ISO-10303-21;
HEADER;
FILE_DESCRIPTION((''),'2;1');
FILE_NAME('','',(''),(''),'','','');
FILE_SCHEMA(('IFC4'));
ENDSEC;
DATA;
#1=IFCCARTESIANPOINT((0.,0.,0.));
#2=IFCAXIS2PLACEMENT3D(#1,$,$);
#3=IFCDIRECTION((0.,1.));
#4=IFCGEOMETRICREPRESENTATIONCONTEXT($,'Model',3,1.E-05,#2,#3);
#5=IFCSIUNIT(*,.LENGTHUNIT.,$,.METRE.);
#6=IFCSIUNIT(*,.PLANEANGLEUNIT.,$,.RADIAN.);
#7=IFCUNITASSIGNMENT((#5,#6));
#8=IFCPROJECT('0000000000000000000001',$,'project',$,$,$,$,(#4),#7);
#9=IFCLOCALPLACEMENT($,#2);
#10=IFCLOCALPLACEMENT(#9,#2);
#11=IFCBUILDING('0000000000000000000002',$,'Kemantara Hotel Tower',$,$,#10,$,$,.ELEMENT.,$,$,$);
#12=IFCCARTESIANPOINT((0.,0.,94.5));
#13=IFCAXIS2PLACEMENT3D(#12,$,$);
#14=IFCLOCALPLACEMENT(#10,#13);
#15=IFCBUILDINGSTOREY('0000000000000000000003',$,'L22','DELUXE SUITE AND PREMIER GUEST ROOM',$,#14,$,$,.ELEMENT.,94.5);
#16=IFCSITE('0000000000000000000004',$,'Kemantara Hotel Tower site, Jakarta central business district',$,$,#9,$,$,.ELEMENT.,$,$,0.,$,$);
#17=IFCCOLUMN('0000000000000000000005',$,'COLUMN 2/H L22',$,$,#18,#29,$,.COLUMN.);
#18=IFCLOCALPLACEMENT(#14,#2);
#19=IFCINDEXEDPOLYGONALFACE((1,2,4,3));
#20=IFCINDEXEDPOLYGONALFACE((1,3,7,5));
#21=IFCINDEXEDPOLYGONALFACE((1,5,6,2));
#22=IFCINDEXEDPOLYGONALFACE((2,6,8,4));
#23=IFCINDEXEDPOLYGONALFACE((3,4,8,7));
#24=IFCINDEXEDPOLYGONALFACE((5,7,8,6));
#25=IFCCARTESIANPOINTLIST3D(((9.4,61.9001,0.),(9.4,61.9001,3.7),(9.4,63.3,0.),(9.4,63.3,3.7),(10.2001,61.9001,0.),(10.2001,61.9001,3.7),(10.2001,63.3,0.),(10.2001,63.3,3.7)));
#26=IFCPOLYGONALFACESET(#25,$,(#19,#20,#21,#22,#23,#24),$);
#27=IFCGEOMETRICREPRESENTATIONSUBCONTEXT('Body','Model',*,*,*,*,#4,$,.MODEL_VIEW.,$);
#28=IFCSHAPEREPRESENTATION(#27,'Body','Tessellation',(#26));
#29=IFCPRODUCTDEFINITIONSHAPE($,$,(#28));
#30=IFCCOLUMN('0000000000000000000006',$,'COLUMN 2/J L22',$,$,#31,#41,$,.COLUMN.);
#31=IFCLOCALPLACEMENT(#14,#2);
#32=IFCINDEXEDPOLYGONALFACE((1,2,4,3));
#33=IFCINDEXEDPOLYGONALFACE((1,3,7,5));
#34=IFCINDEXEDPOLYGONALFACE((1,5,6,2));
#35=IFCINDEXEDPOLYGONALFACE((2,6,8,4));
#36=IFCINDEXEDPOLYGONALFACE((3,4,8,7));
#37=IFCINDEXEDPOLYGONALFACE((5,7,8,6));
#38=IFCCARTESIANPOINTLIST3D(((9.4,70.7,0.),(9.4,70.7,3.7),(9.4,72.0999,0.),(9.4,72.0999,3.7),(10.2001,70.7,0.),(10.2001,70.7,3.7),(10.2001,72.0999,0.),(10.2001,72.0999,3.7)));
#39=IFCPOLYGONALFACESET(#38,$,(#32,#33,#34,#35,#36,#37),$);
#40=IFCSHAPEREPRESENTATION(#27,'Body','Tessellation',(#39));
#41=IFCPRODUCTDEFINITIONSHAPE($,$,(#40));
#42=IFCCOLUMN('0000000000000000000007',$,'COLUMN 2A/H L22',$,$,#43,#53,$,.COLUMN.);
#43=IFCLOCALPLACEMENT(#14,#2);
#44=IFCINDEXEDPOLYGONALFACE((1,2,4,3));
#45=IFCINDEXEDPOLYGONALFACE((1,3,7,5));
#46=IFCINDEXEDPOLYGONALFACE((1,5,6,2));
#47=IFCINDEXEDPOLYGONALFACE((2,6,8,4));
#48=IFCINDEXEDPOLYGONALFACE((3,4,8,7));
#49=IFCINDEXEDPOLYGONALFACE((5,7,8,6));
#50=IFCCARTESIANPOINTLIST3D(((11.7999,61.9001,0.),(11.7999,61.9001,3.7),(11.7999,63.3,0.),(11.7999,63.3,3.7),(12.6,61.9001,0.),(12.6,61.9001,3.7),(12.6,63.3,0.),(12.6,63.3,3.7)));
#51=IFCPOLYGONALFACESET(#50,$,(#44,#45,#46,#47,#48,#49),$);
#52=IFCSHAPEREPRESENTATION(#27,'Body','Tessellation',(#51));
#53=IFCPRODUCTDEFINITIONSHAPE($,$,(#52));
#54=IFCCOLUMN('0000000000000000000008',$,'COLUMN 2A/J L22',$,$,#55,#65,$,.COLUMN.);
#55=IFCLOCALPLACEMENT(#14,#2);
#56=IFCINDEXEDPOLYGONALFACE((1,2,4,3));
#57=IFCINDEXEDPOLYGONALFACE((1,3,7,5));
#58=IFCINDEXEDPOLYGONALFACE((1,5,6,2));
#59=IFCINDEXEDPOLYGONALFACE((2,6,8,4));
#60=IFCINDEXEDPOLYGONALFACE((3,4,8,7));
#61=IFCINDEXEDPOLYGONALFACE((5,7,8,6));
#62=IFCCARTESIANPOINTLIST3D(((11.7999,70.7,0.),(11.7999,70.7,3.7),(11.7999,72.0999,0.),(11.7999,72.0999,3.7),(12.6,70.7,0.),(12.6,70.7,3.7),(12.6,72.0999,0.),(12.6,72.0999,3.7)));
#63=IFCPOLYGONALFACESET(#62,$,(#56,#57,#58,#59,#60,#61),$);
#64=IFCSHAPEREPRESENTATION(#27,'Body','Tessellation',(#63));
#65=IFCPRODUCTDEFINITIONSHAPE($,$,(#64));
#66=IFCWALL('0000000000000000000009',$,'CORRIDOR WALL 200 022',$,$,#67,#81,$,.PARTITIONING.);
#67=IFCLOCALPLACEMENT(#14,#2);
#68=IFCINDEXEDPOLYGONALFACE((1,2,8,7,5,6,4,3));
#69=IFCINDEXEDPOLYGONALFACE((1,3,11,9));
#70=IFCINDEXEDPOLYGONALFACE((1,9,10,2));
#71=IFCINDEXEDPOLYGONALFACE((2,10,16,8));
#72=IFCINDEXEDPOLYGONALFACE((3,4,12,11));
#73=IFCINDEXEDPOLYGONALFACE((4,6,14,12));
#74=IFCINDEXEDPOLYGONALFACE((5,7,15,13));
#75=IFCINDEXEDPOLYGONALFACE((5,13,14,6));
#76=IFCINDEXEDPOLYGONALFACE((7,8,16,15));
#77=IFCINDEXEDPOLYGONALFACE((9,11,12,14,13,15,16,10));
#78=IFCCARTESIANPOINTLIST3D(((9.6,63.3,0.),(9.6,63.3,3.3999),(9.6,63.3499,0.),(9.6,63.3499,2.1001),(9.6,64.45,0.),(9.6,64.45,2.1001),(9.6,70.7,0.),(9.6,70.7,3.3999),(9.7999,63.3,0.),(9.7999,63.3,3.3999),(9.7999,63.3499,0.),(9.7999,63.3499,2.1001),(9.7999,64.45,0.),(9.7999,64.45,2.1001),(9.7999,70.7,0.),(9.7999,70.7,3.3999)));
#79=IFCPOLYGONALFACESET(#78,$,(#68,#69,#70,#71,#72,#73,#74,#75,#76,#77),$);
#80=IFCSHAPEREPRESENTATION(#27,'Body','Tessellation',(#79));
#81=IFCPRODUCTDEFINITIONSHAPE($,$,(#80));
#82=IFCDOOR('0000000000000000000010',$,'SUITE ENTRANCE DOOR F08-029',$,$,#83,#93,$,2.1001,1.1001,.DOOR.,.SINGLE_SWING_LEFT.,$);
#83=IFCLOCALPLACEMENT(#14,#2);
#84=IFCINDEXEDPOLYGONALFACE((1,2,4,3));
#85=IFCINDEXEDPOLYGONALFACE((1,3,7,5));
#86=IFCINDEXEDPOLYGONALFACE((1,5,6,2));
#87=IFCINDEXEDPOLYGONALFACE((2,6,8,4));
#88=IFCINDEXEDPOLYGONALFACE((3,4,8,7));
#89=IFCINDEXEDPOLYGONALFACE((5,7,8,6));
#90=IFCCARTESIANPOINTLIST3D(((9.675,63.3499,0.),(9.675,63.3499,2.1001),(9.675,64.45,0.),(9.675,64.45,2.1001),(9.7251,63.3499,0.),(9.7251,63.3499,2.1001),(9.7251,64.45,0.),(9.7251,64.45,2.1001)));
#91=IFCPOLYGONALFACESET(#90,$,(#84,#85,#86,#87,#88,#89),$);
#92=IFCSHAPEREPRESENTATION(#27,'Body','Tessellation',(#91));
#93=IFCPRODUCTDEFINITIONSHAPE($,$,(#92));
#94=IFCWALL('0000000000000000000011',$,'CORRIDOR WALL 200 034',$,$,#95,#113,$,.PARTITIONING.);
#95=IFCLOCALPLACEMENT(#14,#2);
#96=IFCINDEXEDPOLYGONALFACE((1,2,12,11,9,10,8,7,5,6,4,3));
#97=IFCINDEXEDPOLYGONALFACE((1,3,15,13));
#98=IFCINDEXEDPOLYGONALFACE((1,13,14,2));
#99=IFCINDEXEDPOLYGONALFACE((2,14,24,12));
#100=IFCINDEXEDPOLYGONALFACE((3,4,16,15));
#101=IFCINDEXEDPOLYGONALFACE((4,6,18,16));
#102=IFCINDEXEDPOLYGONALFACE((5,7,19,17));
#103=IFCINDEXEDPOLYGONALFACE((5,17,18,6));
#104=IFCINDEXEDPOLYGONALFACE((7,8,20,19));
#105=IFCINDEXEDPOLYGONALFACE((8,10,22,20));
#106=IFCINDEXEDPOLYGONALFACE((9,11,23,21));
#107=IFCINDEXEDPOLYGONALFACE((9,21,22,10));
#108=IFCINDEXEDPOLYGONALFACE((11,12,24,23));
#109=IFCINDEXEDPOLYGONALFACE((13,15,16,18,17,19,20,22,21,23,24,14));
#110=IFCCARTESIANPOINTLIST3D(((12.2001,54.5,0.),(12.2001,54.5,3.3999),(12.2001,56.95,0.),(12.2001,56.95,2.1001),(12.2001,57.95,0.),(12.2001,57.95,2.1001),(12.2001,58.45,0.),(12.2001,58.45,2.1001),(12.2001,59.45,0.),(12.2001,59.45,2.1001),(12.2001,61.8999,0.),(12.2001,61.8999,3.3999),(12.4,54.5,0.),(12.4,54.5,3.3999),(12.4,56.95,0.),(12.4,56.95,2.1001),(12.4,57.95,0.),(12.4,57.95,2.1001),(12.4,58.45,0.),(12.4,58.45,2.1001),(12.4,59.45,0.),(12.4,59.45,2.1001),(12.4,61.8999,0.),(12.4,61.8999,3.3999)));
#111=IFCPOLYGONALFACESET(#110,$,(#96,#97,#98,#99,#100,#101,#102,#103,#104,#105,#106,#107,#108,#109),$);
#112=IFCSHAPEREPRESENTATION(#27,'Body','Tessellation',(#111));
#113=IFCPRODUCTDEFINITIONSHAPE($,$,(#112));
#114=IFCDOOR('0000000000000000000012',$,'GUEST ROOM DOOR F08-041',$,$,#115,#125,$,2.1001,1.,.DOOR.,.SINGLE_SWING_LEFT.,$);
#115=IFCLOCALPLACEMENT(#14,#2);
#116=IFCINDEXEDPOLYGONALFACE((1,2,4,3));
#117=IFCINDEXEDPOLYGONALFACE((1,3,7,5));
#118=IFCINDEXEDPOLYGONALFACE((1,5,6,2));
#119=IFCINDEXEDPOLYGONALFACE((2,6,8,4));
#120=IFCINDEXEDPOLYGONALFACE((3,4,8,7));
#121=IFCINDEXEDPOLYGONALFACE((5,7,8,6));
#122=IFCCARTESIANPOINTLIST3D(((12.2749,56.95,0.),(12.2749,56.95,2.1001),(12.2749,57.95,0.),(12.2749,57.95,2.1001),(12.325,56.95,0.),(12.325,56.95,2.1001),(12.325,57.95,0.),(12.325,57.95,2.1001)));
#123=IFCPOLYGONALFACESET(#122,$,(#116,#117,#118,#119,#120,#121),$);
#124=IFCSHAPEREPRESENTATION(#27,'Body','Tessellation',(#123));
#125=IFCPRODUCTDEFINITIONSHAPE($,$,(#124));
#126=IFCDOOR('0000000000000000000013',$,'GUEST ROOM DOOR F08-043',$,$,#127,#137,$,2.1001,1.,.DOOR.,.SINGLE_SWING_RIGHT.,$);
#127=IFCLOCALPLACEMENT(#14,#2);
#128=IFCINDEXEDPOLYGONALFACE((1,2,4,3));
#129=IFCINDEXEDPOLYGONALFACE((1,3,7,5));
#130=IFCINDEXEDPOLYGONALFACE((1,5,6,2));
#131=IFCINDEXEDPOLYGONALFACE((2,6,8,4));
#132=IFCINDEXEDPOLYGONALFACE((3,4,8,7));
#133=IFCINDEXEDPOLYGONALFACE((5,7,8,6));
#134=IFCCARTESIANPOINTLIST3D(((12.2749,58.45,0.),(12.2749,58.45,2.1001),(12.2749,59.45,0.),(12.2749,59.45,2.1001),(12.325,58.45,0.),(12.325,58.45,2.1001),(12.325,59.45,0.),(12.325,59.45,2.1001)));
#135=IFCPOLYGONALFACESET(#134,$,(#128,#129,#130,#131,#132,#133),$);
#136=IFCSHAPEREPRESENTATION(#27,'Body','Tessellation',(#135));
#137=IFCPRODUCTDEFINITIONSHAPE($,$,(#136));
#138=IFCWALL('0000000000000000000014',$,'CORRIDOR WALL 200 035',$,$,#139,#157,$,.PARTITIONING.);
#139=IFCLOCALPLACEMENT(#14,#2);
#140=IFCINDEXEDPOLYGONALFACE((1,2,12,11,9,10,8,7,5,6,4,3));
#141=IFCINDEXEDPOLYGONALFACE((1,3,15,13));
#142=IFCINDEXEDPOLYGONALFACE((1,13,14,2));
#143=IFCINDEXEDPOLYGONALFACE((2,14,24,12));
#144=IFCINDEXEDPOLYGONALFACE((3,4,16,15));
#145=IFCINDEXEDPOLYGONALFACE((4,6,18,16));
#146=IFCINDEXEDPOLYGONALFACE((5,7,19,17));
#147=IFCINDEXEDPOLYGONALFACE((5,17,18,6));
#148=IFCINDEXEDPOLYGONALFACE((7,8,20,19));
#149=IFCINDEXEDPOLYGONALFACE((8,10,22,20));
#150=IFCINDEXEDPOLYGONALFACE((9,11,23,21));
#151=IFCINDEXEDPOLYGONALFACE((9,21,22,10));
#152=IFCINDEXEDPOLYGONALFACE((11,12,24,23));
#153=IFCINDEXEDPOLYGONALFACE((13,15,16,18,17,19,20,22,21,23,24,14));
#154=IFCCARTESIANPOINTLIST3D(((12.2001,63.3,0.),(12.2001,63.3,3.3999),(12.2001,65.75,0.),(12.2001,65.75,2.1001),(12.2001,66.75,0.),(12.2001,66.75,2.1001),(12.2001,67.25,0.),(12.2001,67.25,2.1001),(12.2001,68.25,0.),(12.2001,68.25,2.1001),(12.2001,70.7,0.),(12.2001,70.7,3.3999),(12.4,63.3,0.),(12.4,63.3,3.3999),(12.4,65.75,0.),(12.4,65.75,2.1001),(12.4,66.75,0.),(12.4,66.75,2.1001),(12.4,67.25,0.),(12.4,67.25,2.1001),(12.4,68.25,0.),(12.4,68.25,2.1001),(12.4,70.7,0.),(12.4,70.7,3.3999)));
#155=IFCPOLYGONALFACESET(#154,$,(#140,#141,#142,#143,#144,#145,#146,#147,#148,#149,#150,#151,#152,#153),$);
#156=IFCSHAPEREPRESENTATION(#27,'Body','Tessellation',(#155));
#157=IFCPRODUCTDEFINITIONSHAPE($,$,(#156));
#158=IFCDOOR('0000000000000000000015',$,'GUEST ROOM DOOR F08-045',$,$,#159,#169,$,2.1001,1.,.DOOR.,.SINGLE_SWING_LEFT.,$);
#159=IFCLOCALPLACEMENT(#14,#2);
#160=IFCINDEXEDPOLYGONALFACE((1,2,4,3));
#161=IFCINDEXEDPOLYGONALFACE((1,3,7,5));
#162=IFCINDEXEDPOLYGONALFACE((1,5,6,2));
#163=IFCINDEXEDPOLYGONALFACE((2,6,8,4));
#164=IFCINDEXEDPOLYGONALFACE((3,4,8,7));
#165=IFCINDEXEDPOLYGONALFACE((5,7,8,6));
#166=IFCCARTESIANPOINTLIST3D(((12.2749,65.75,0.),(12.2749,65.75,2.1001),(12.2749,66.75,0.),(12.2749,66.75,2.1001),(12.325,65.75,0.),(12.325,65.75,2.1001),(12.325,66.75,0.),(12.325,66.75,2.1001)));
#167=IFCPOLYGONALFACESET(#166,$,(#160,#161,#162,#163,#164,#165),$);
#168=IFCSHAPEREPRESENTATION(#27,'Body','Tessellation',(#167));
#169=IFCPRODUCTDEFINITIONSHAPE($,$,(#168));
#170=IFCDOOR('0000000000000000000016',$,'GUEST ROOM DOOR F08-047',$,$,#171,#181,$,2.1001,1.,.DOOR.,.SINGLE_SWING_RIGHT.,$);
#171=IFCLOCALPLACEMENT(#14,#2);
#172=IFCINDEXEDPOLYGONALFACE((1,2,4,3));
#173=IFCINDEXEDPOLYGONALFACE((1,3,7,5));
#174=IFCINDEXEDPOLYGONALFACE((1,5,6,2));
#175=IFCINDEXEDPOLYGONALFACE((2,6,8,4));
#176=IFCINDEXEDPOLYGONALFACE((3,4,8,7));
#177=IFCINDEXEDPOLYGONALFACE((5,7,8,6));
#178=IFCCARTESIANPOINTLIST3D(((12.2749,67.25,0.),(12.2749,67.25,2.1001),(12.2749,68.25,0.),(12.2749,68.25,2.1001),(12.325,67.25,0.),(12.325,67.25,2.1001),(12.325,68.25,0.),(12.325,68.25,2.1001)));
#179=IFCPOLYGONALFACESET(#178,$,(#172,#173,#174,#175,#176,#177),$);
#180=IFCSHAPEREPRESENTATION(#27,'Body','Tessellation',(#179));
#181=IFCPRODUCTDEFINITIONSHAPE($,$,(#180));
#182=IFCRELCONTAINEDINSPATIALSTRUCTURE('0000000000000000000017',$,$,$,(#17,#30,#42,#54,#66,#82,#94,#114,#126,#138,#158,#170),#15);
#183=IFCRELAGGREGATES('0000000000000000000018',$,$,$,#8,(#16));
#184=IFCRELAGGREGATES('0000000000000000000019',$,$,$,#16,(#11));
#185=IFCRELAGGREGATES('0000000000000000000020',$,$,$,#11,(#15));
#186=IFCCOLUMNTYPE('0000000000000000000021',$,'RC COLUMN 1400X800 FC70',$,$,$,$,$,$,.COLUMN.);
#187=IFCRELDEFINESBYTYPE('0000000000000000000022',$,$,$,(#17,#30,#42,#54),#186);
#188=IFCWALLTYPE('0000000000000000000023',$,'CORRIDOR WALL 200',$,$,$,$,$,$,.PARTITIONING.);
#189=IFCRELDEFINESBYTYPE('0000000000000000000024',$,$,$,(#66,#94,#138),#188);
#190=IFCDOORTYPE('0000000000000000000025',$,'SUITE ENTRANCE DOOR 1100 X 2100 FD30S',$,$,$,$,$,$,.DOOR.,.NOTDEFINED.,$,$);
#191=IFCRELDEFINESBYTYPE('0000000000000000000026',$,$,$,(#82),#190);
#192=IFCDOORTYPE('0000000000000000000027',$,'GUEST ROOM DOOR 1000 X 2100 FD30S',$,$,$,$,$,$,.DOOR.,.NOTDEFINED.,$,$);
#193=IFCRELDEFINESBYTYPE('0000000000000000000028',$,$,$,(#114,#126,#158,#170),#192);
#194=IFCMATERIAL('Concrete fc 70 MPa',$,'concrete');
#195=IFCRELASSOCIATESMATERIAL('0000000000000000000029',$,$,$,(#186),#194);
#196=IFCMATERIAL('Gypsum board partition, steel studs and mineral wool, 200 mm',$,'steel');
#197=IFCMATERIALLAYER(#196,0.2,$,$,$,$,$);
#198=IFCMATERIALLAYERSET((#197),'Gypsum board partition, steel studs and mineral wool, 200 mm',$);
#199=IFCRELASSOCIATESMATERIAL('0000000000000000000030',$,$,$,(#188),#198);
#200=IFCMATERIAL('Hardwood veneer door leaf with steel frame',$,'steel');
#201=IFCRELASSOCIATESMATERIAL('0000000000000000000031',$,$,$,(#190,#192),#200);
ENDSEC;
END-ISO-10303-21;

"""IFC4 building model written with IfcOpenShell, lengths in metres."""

from ifc_helpers import new_model, si_unit, direction, frame, frame_2d, origin, origin_2d, place, context, subcontext, project, spatial, rectangle, extrude, material, layer, layer_set, material_profile, profile_set, type_object, element, fill, save


model = new_model("IFC4")

# Units and contexts
model_context = context("Model", 3, precision=1e-05, world=origin(), true_north=direction((0.0, 1.0)))
body_context = subcontext(model_context, "Body", "Model", "MODEL_VIEW")
ifc_project = project(units=[si_unit("LENGTHUNIT", "METRE"), si_unit("PLANEANGLEUNIT", "RADIAN")], contexts=[model_context])

# Site, building, storey
site_placement = place(None, origin())
site = spatial("IfcSite", under=ifc_project, at=site_placement, Name="Kemantara Hotel Tower site, Jakarta central business district", CompositionType="ELEMENT", RefElevation=0.0)
building_placement = place(site_placement, origin())
building = spatial("IfcBuilding", under=site, at=building_placement, Name="Kemantara Hotel Tower", CompositionType="ELEMENT")
storey_placement = place(building_placement, frame((0.0, 0.0, 94.5)))
storey = spatial("IfcBuildingStorey", under=building, at=storey_placement, Name="L22", Description="DELUXE SUITE AND PREMIER GUEST ROOM", CompositionType="ELEMENT", Elevation=94.5)

# Columns
ifc_material_1 = material(Name="Concrete fc 70 MPa", Category="concrete")
ifc_material_profile = material_profile(ifc_material_1, rectangle(XDim=1.3999, YDim=0.8, at=origin_2d()), Name="RC 1400X800")
ifc_profile_set = profile_set([ifc_material_profile], Name="Concrete fc 70 MPa")
column_type = type_object("IfcColumnType", Name="RC COLUMN 1400X800 FC70", PredefinedType="COLUMN", material=ifc_profile_set)
for number, where, z_axis, x_axis, name in (
    (1, (9.8, 62.6001, 0.0), (0.0, 0.0, 1.0), (0.0, 1.0, 0.0), "COLUMN 2/H L22"),
    (2, (9.8, 71.3999, 0.0), (0.0, 0.0, 1.0), (0.0, 1.0, 0.0), "COLUMN 2/J L22"),
    (3, (12.2, 62.6001, 0.0), (0.0, 0.0, 1.0), (0.0, 1.0, 0.0), "COLUMN 2A/H L22"),
    (4, (12.2, 71.3999, 0.0), (0.0, 0.0, 1.0), (0.0, 1.0, 0.0), "COLUMN 2A/J L22"),
):
    element("IfcColumn", number, at=place(storey_placement, frame(where, z_axis=z_axis, x_axis=x_axis)), inside=storey, type_object=column_type, Name=name, PredefinedType="COLUMN", context=body_context, shape_type="SweptSolid", body=[
        extrude(rectangle(XDim=1.3999, YDim=0.8, at=origin_2d()), origin(), (0.0, 0.0, 1.0), 3.7),
    ])

# Wall, opening, door
ifc_material_2 = material(Name="Gypsum board partition, steel studs and mineral wool, 200 mm", Category="steel")
ifc_layer_1 = layer(ifc_material_2, 0.2)
ifc_layer_set_1 = layer_set([ifc_layer_1], Name="Gypsum board partition, steel studs and mineral wool, 200 mm")
wall_type_1 = type_object("IfcWallType", Name="CORRIDOR WALL 200", PredefinedType="PARTITIONING", material=ifc_layer_set_1)
wall_1_placement = place(storey_placement, frame((9.7, 63.3, 0.0), z_axis=(0.0, 0.0, 1.0), x_axis=(0.0, 1.0, 0.0)))
wall_1 = element("IfcWall", 5, at=wall_1_placement, inside=storey, type_object=wall_type_1, Name="CORRIDOR WALL 200 022", PredefinedType="PARTITIONING", context=body_context, shape_type="SweptSolid", body=[
    extrude(rectangle(XDim=7.3999, YDim=0.2, at=frame_2d((3.7, 0.0))), origin(), (0.0, 0.0, 1.0), 3.3999),
])
opening_1_placement = place(wall_1_placement, frame((0.0498, 0.0, 0.0)))
opening_1 = element("IfcOpeningElement", 6, at=opening_1_placement, cuts=wall_1, PredefinedType="OPENING", context=body_context, shape_type="SweptSolid", body=[
    extrude(rectangle(XDim=1.1001, YDim=2.1001, at=frame_2d((0.55, 1.05))), frame((0.0, 0.1099, 0.0), z_axis=(0.0, -1.0, 0.0), x_axis=(1.0, 0.0, 0.0)), (0.0, 0.0, 1.0), 0.22),
])
ifc_material_3 = material(Name="Hardwood veneer door leaf with steel frame", Category="steel")
door_type_1 = type_object("IfcDoorType", Name="SUITE ENTRANCE DOOR 1100 X 2100 FD30S", OperationType="NOTDEFINED", PredefinedType="DOOR", material=ifc_material_3)
door_1_placement = place(opening_1_placement, origin())
door_1 = element("IfcDoor", 7, at=door_1_placement, inside=storey, type_object=door_type_1, Name="SUITE ENTRANCE DOOR F08-029", OperationType="SINGLE_SWING_LEFT", OverallHeight=2.1001, OverallWidth=1.1001, PredefinedType="DOOR", context=body_context, shape_type="SweptSolid", body=[
    extrude(rectangle(XDim=1.1001, YDim=2.1001, at=frame_2d((0.55, 1.05))), frame((0.0, 0.0249, 0.0), z_axis=(0.0, -1.0, 0.0), x_axis=(1.0, 0.0, 0.0)), (0.0, 0.0, 1.0), 0.05),
])
fill(opening_1, door_1)

# Walls, openings, doors
wall_2_placement = place(storey_placement, frame((12.3, 61.8999, 0.0), z_axis=(0.0, 0.0, 1.0), x_axis=(0.0, -1.0, 0.0)))
wall_2 = element("IfcWall", 8, at=wall_2_placement, inside=storey, type_object=wall_type_1, Name="CORRIDOR WALL 200 034", PredefinedType="PARTITIONING", context=body_context, shape_type="SweptSolid", body=[
    extrude(rectangle(XDim=7.3999, YDim=0.2, at=frame_2d((3.7, 0.0))), origin(), (0.0, 0.0, 1.0), 3.3999),
])
opening_2_placement = place(wall_2_placement, frame((3.95, 0.0, 0.0)))
opening_2 = element("IfcOpeningElement", 9, at=opening_2_placement, cuts=wall_2, PredefinedType="OPENING", context=body_context, shape_type="SweptSolid", body=[
    extrude(rectangle(XDim=1.0, YDim=2.1001, at=frame_2d((0.5, 1.05))), frame((0.0, 0.1099, 0.0), z_axis=(0.0, -1.0, 0.0), x_axis=(1.0, 0.0, 0.0)), (0.0, 0.0, 1.0), 0.22),
])
opening_3_placement = place(wall_2_placement, frame((2.45, 0.0, 0.0)))
opening_3 = element("IfcOpeningElement", 10, at=opening_3_placement, cuts=wall_2, PredefinedType="OPENING", context=body_context, shape_type="SweptSolid", body=[
    extrude(rectangle(XDim=1.0, YDim=2.1001, at=frame_2d((0.5, 1.05))), frame((0.0, 0.1099, 0.0), z_axis=(0.0, -1.0, 0.0), x_axis=(1.0, 0.0, 0.0)), (0.0, 0.0, 1.0), 0.22),
])
door_type_2 = type_object("IfcDoorType", Name="GUEST ROOM DOOR 1000 X 2100 FD30S", OperationType="NOTDEFINED", PredefinedType="DOOR", material=ifc_material_3)
door_2_placement = place(opening_2_placement, origin())
door_2 = element("IfcDoor", 11, at=door_2_placement, inside=storey, type_object=door_type_2, Name="GUEST ROOM DOOR F08-041", OperationType="SINGLE_SWING_LEFT", OverallHeight=2.1001, OverallWidth=1.0, PredefinedType="DOOR", context=body_context, shape_type="SweptSolid", body=[
    extrude(rectangle(XDim=1.0, YDim=2.1001, at=frame_2d((0.5, 1.05))), frame((0.0, 0.0249, 0.0), z_axis=(0.0, -1.0, 0.0), x_axis=(1.0, 0.0, 0.0)), (0.0, 0.0, 1.0), 0.05),
])
fill(opening_2, door_2)
door_3_placement = place(opening_3_placement, origin())
door_3 = element("IfcDoor", 12, at=door_3_placement, inside=storey, type_object=door_type_2, Name="GUEST ROOM DOOR F08-043", OperationType="SINGLE_SWING_RIGHT", OverallHeight=2.1001, OverallWidth=1.0, PredefinedType="DOOR", context=body_context, shape_type="SweptSolid", body=[
    extrude(rectangle(XDim=1.0, YDim=2.1001, at=frame_2d((0.5, 1.05))), frame((0.0, 0.0249, 0.0), z_axis=(0.0, -1.0, 0.0), x_axis=(1.0, 0.0, 0.0)), (0.0, 0.0, 1.0), 0.05),
])
fill(opening_3, door_3)
wall_3_placement = place(storey_placement, frame((12.3, 70.7, 0.0), z_axis=(0.0, 0.0, 1.0), x_axis=(0.0, -1.0, 0.0)))
wall_3 = element("IfcWall", 13, at=wall_3_placement, inside=storey, type_object=wall_type_1, Name="CORRIDOR WALL 200 035", PredefinedType="PARTITIONING", context=body_context, shape_type="SweptSolid", body=[
    extrude(rectangle(XDim=7.3999, YDim=0.2, at=frame_2d((3.7, 0.0))), origin(), (0.0, 0.0, 1.0), 3.3999),
])
opening_4_placement = place(wall_3_placement, frame((3.95, 0.0, 0.0)))
opening_4 = element("IfcOpeningElement", 14, at=opening_4_placement, cuts=wall_3, PredefinedType="OPENING", context=body_context, shape_type="SweptSolid", body=[
    extrude(rectangle(XDim=1.0, YDim=2.1001, at=frame_2d((0.5, 1.05))), frame((0.0, 0.1099, 0.0), z_axis=(0.0, -1.0, 0.0), x_axis=(1.0, 0.0, 0.0)), (0.0, 0.0, 1.0), 0.22),
])
opening_5_placement = place(wall_3_placement, frame((2.45, 0.0, 0.0)))
opening_5 = element("IfcOpeningElement", 15, at=opening_5_placement, cuts=wall_3, PredefinedType="OPENING", context=body_context, shape_type="SweptSolid", body=[
    extrude(rectangle(XDim=1.0, YDim=2.1001, at=frame_2d((0.5, 1.05))), frame((0.0, 0.1099, 0.0), z_axis=(0.0, -1.0, 0.0), x_axis=(1.0, 0.0, 0.0)), (0.0, 0.0, 1.0), 0.22),
])
door_4_placement = place(opening_4_placement, origin())
door_4 = element("IfcDoor", 16, at=door_4_placement, inside=storey, type_object=door_type_2, Name="GUEST ROOM DOOR F08-045", OperationType="SINGLE_SWING_LEFT", OverallHeight=2.1001, OverallWidth=1.0, PredefinedType="DOOR", context=body_context, shape_type="SweptSolid", body=[
    extrude(rectangle(XDim=1.0, YDim=2.1001, at=frame_2d((0.5, 1.05))), frame((0.0, 0.0249, 0.0), z_axis=(0.0, -1.0, 0.0), x_axis=(1.0, 0.0, 0.0)), (0.0, 0.0, 1.0), 0.05),
])
fill(opening_4, door_4)
door_5_placement = place(opening_5_placement, origin())
door_5 = element("IfcDoor", 17, at=door_5_placement, inside=storey, type_object=door_type_2, Name="GUEST ROOM DOOR F08-047", OperationType="SINGLE_SWING_RIGHT", OverallHeight=2.1001, OverallWidth=1.0, PredefinedType="DOOR", context=body_context, shape_type="SweptSolid", body=[
    extrude(rectangle(XDim=1.0, YDim=2.1001, at=frame_2d((0.5, 1.05))), frame((0.0, 0.0249, 0.0), z_axis=(0.0, -1.0, 0.0), x_axis=(1.0, 0.0, 0.0)), (0.0, 0.0, 1.0), 0.05),
])
fill(opening_5, door_5)

save(model, "model.ifc")
